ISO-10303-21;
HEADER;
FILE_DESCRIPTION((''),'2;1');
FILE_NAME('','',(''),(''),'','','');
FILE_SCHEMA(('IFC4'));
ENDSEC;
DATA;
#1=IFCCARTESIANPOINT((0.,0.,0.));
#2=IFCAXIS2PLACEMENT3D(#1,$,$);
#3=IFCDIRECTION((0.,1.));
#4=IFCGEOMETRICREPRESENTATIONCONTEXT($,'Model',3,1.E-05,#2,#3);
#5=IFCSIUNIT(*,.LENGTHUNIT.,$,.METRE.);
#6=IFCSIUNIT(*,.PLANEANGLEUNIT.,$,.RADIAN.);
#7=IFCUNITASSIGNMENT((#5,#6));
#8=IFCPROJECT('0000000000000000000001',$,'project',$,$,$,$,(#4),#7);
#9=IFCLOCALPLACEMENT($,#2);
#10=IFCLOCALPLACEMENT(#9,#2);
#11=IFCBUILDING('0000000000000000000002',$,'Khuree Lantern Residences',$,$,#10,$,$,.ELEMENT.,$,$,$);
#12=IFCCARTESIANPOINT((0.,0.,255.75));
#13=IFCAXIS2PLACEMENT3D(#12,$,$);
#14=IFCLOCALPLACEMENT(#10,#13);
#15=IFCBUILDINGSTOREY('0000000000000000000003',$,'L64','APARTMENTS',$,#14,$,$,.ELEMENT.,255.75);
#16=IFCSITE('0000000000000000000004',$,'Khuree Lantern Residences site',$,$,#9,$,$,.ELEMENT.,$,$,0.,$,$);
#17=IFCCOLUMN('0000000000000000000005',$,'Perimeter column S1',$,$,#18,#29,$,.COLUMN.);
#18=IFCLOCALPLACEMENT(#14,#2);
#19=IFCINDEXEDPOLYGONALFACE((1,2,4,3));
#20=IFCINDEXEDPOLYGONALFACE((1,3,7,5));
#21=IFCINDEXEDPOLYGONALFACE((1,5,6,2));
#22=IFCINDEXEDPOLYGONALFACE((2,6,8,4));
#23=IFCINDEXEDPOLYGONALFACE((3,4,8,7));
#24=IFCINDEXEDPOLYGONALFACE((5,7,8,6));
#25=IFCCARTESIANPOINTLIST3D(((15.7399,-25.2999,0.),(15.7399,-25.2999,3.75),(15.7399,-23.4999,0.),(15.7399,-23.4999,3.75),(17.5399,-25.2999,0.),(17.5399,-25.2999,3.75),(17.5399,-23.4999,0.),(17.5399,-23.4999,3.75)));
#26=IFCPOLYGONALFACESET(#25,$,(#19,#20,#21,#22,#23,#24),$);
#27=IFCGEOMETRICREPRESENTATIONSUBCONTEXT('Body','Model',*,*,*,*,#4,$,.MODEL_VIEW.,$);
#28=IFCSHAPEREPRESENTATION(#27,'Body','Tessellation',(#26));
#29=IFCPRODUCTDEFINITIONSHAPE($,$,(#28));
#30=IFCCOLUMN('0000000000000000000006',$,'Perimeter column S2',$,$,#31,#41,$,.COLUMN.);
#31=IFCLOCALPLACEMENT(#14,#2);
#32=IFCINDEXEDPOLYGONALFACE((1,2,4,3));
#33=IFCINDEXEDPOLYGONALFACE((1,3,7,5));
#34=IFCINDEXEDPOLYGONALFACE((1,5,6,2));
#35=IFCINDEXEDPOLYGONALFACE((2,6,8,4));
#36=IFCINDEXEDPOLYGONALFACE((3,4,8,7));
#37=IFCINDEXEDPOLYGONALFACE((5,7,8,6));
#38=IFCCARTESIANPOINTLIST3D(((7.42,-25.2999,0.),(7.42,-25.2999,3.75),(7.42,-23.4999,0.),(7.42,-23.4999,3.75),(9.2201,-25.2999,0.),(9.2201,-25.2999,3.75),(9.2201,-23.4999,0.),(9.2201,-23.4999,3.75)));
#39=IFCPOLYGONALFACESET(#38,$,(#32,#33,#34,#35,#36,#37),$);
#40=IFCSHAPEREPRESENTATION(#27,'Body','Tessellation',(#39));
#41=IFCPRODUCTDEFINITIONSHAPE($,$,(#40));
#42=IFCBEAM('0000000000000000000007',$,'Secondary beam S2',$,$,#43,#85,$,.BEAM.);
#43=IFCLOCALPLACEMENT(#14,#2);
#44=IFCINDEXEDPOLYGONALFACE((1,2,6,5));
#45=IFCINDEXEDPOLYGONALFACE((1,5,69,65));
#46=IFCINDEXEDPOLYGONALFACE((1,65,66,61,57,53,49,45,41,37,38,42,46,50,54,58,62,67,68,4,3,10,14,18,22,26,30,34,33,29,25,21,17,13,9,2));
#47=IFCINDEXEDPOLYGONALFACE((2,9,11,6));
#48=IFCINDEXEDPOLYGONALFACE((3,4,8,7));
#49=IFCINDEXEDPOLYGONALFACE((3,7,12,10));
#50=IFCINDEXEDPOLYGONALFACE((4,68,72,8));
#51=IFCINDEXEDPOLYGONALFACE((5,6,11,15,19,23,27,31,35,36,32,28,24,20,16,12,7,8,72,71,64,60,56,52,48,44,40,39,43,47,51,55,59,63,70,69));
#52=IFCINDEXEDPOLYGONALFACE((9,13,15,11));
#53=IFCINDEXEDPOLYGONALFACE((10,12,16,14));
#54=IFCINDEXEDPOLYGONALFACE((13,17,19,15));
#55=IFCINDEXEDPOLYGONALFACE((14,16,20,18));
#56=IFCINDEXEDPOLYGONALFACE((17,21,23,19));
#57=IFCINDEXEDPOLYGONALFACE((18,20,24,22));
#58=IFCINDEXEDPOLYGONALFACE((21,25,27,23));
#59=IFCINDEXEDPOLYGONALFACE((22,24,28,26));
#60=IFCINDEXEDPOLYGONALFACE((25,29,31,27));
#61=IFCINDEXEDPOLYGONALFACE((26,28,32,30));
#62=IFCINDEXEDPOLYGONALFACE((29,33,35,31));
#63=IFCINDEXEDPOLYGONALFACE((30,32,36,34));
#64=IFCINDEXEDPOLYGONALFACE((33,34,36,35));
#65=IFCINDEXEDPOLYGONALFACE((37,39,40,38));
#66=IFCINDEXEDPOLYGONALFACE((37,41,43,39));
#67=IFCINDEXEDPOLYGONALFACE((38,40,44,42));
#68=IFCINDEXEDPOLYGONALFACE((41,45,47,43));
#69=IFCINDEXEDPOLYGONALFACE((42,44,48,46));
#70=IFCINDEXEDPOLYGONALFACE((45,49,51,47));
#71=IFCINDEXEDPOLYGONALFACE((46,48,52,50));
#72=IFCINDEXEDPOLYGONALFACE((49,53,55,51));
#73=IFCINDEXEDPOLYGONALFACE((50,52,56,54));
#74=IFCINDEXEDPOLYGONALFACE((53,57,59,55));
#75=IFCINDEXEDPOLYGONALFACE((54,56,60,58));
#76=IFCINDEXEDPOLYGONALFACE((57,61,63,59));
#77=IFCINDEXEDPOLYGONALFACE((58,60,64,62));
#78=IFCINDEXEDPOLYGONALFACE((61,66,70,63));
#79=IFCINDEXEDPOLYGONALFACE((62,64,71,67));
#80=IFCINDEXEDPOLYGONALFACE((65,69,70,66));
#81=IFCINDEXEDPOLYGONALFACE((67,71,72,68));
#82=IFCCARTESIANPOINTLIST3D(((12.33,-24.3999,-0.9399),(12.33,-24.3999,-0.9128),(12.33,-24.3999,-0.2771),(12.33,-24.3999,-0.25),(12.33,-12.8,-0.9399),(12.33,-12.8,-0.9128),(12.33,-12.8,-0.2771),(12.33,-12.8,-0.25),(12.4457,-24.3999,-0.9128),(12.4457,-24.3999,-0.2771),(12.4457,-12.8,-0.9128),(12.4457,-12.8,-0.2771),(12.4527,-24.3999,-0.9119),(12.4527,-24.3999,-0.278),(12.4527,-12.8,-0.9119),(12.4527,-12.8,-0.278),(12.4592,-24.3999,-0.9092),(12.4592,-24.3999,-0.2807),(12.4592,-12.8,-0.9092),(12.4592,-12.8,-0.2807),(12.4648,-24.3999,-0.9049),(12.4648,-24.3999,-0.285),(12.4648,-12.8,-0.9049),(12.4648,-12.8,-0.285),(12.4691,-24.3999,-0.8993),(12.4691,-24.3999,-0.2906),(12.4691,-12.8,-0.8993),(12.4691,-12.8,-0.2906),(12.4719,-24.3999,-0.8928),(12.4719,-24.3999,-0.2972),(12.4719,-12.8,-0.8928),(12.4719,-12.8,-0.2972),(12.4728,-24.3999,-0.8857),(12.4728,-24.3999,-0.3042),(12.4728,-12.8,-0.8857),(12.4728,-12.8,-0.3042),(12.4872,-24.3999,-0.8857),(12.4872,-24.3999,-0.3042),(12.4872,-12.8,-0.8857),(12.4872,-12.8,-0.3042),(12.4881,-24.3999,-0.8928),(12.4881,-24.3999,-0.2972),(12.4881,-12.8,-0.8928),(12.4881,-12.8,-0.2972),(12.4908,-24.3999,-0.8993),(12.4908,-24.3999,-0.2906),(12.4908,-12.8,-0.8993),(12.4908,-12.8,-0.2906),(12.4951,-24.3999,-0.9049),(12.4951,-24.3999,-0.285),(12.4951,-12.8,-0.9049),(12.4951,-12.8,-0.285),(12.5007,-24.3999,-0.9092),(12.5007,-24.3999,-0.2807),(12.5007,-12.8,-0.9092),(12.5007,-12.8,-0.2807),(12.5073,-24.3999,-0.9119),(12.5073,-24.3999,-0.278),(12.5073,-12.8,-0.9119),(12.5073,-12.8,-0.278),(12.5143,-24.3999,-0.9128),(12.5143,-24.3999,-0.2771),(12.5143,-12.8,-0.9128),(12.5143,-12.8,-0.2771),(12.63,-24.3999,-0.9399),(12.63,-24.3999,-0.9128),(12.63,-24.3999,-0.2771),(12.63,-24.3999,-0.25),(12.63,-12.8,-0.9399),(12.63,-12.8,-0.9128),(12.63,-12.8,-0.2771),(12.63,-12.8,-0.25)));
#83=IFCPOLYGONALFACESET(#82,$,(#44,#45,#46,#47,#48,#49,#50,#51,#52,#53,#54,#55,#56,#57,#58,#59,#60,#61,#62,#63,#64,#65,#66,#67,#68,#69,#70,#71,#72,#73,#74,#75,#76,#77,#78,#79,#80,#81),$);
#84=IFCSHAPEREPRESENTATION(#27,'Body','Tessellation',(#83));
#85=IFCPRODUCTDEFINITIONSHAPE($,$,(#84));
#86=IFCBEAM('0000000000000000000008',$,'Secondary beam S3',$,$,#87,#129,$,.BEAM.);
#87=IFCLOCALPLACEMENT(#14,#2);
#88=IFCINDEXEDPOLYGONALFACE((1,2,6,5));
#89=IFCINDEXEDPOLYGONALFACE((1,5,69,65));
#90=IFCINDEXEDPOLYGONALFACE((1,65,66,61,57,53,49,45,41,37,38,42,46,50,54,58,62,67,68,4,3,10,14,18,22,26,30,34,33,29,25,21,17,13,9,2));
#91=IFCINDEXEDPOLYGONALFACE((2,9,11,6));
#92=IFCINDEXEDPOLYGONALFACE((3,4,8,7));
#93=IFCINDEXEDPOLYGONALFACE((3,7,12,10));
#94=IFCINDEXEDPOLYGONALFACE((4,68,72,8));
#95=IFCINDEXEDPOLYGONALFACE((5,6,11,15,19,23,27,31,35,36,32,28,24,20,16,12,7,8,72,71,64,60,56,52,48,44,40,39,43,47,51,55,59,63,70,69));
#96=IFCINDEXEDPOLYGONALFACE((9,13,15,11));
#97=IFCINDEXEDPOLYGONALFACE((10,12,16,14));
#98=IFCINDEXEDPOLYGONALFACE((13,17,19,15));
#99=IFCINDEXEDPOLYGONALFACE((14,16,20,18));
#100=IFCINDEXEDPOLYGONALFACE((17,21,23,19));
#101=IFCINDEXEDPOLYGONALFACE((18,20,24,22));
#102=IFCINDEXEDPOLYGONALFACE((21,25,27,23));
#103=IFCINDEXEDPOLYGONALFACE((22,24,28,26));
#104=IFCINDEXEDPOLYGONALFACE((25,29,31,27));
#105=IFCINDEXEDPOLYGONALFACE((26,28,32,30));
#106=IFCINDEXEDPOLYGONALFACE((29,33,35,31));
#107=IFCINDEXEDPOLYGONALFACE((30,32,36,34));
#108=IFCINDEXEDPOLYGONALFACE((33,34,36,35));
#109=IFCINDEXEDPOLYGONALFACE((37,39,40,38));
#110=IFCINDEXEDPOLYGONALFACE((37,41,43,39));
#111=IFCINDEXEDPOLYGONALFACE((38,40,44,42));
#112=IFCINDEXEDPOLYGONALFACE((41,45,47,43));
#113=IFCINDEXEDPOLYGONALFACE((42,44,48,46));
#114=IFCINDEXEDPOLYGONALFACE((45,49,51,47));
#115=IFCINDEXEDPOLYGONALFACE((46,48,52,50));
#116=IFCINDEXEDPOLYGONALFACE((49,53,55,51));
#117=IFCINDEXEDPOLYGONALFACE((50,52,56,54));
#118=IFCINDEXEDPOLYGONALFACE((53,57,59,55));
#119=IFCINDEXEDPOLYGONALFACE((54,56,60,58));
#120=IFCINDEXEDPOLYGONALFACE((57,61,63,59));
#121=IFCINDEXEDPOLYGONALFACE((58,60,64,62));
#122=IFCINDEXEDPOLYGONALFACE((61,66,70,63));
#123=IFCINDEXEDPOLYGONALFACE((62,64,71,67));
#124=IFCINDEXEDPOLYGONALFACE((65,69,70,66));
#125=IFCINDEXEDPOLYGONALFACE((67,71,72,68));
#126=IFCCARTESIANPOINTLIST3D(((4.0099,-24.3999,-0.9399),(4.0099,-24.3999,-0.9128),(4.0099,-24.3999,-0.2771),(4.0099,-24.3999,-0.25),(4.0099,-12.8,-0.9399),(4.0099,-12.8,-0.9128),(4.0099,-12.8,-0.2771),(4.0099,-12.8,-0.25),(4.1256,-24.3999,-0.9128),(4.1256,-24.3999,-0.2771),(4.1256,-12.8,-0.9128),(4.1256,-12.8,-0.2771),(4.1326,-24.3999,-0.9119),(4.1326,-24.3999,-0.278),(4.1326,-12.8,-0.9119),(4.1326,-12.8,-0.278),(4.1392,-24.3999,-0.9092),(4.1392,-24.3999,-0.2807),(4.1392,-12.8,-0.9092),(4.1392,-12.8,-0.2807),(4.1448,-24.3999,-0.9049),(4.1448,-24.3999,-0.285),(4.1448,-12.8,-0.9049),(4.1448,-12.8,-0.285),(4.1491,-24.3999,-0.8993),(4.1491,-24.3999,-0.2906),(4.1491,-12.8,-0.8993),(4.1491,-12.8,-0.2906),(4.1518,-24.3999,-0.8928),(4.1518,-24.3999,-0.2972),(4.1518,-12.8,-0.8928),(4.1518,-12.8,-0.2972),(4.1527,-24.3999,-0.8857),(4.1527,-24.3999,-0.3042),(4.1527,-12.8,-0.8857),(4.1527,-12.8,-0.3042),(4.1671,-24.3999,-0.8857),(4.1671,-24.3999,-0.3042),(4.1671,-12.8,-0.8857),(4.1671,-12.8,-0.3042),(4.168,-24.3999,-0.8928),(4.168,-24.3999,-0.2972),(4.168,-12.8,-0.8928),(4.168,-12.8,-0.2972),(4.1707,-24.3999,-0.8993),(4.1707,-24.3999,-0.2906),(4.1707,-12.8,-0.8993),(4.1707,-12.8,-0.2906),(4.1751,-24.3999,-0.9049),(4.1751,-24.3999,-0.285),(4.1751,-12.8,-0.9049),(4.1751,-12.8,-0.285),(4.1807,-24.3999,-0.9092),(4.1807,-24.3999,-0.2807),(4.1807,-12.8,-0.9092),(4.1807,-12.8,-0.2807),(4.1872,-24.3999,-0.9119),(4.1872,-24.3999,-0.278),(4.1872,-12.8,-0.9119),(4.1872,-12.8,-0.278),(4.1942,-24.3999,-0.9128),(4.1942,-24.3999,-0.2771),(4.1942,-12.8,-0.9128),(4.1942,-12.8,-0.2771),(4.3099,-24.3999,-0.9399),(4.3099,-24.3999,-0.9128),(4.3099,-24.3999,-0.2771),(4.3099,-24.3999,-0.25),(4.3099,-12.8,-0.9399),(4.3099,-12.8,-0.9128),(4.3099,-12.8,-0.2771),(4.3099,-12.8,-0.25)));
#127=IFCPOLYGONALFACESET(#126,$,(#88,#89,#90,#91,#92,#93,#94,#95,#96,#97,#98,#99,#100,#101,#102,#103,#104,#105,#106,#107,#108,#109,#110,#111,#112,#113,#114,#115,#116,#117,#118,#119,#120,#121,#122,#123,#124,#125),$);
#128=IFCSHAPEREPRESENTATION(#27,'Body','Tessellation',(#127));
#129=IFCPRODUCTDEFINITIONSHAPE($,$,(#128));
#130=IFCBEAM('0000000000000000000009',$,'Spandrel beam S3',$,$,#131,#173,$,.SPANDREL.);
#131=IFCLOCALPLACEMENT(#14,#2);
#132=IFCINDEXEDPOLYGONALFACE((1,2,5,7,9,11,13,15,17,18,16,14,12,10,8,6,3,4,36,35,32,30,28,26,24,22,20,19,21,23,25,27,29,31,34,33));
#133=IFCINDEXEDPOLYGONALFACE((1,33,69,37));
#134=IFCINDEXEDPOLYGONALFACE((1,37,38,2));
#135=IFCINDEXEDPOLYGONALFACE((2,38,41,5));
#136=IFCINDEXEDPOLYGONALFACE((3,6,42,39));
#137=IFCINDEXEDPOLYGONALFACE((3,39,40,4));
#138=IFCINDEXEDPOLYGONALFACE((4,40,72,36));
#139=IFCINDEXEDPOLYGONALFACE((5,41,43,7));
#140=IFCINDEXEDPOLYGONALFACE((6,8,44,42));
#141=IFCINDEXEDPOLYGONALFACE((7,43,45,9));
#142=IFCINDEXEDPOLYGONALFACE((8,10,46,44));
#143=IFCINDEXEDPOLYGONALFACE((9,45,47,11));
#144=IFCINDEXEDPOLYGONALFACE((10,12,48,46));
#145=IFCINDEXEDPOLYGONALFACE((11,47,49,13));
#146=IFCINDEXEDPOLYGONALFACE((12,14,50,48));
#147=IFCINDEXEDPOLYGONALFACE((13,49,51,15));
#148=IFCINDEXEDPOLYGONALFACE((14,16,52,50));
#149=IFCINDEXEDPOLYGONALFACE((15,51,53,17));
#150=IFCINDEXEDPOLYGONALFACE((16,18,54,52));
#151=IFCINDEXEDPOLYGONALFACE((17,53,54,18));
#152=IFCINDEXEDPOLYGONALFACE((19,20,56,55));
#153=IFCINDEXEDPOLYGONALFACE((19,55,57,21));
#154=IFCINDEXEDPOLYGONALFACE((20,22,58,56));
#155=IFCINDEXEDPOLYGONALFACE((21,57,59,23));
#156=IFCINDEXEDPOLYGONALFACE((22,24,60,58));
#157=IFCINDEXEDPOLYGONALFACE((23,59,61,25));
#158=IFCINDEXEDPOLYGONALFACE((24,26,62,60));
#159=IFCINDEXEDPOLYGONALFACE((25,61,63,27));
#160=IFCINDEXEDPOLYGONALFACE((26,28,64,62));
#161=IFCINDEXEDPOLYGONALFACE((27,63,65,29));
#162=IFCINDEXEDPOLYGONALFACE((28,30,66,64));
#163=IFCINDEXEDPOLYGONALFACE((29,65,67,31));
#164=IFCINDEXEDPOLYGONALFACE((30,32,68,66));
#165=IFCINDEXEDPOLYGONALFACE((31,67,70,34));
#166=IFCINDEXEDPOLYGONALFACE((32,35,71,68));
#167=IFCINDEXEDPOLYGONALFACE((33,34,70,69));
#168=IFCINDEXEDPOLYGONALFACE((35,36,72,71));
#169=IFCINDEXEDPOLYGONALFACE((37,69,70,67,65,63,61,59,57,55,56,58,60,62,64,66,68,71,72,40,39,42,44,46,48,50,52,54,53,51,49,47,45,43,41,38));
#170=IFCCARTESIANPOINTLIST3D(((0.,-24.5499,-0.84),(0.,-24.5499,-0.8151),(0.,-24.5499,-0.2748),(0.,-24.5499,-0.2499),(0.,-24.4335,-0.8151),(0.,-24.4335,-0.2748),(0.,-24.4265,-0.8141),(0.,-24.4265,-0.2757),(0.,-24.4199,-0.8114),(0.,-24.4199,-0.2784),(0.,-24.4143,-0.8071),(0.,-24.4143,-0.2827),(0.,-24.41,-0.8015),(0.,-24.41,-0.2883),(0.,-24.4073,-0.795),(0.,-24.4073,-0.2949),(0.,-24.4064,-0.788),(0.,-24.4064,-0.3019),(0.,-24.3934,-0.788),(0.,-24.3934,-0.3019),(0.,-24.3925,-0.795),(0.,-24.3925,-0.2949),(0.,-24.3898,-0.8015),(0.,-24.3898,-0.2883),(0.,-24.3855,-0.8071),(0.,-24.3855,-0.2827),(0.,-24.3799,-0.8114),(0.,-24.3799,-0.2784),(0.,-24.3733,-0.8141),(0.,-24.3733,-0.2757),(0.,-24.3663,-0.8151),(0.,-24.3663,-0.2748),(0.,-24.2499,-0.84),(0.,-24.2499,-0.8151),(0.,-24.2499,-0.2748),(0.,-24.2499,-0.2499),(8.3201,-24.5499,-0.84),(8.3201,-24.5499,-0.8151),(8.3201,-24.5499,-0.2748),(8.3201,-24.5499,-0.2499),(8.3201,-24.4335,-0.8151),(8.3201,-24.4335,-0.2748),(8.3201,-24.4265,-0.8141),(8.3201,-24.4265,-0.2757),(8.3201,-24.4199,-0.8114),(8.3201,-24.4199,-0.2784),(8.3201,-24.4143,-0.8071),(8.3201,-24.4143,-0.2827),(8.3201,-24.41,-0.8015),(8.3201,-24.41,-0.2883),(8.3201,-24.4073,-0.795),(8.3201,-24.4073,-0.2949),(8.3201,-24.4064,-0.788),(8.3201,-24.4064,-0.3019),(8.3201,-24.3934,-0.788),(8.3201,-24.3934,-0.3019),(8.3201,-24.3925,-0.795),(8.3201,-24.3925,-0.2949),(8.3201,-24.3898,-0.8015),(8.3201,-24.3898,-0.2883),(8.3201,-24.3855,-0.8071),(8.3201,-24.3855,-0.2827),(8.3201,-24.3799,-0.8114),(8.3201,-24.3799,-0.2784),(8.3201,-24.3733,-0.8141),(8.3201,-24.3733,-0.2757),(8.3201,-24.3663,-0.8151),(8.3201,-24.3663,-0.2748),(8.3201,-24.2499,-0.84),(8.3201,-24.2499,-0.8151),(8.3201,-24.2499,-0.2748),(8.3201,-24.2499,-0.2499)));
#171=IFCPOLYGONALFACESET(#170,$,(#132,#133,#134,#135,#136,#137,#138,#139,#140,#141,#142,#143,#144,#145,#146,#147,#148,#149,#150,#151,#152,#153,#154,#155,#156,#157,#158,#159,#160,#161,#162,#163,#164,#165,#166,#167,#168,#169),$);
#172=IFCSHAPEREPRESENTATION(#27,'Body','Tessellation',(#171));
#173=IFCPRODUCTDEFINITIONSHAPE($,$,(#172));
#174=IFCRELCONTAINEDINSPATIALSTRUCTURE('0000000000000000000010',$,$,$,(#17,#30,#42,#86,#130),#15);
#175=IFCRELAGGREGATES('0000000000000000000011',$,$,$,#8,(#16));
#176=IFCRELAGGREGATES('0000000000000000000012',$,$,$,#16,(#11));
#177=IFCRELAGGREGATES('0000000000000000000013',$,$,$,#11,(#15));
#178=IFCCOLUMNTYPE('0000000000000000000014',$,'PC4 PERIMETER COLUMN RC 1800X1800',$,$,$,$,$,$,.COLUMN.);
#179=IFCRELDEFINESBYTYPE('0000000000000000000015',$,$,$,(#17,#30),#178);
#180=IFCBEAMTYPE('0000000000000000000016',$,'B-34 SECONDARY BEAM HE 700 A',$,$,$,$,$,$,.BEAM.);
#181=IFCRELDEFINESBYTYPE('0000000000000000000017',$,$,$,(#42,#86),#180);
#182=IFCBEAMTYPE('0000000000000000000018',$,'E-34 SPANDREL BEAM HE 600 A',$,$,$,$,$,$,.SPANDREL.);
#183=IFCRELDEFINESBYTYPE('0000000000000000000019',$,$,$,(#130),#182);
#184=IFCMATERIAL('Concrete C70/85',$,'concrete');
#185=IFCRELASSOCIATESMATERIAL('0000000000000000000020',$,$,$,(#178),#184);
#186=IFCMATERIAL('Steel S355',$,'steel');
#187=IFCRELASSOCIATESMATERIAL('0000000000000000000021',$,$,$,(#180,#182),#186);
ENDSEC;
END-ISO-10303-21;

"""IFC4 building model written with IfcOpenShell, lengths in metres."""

from ifc_helpers import new_model, si_unit, direction, frame, origin, origin_2d, place, context, subcontext, project, spatial, rectangle, i_section, extrude, material, material_profile, profile_set, type_object, element, save


model = new_model("IFC4")

# Units and contexts
model_context = context("Model", 3, precision=1e-05, world=origin(), true_north=direction((0.0, 1.0)))
body_context = subcontext(model_context, "Body", "Model", "MODEL_VIEW")
ifc_project = project(units=[si_unit("LENGTHUNIT", "METRE"), si_unit("PLANEANGLEUNIT", "RADIAN")], contexts=[model_context])

# Site, building, storey
site_placement = place(None, origin())
site = spatial("IfcSite", under=ifc_project, at=site_placement, Name="Khuree Lantern Residences site", CompositionType="ELEMENT", RefElevation=0.0)
building_placement = place(site_placement, origin())
building = spatial("IfcBuilding", under=site, at=building_placement, Name="Khuree Lantern Residences", CompositionType="ELEMENT")
storey_placement = place(building_placement, frame((0.0, 0.0, 255.75)))
storey = spatial("IfcBuildingStorey", under=building, at=storey_placement, Name="L64", Description="APARTMENTS", CompositionType="ELEMENT", Elevation=255.75)

# Columns
ifc_material_1 = material(Name="Concrete C70/85", Category="concrete")
ifc_material_profile_1 = material_profile(ifc_material_1, rectangle(XDim=1.8, YDim=1.8, at=origin_2d()), Name="RC 1800X1800")
ifc_profile_set_1 = profile_set([ifc_material_profile_1], Name="Concrete C70/85")
column_type = type_object("IfcColumnType", Name="PC4 PERIMETER COLUMN RC 1800X1800", PredefinedType="COLUMN", material=ifc_profile_set_1)
for number, where, z_axis, x_axis, name in (
    (1, (16.6399, -24.3999, 0.0), (0.0, 0.0, 1.0), (1.0, 0.0, 0.0), "Perimeter column S1"),
    (2, (8.3201, -24.3999, 0.0), (0.0, 0.0, 1.0), (1.0, 0.0, 0.0), "Perimeter column S2"),
):
    element("IfcColumn", number, at=place(storey_placement, frame(where, z_axis=z_axis, x_axis=x_axis)), inside=storey, type_object=column_type, Name=name, PredefinedType="COLUMN", context=body_context, shape_type="SweptSolid", body=[
        extrude(rectangle(XDim=1.8, YDim=1.8, at=origin_2d()), origin(), (0.0, 0.0, 1.0), 3.75),
    ])

# Beams
ifc_material_2 = material(Name="Steel S355", Category="steel")
ifc_material_profile_2 = material_profile(ifc_material_2, i_section(OverallWidth=0.3, OverallDepth=0.6899, WebThickness=0.0144, FlangeThickness=0.0271, FilletRadius=0.0271, at=origin_2d()), Name="HE 700 A")
ifc_profile_set_2 = profile_set([ifc_material_profile_2], Name="Steel S355")
beam_type_1 = type_object("IfcBeamType", Name="B-34 SECONDARY BEAM HE 700 A", PredefinedType="BEAM", material=ifc_profile_set_2)
for number, where, z_axis, x_axis, name in (
    (3, (12.48, -24.3999, -0.595), (0.0, 1.0, 0.0), (-1.0, 0.0, 0.0), "Secondary beam S2"),
    (4, (4.1599, -24.3999, -0.595), (0.0, 1.0, 0.0), (-1.0, 0.0, 0.0), "Secondary beam S3"),
):
    element("IfcBeam", number, at=place(storey_placement, frame(where, z_axis=z_axis, x_axis=x_axis)), inside=storey, type_object=beam_type_1, Name=name, PredefinedType="BEAM", context=body_context, shape_type="SweptSolid", body=[
        extrude(i_section(OverallWidth=0.3, OverallDepth=0.6899, WebThickness=0.0144, FlangeThickness=0.0271, FilletRadius=0.0271, at=origin_2d()), origin(), (0.0, 0.0, 1.0), 11.5999),
    ])
ifc_material_profile_3 = material_profile(ifc_material_2, i_section(OverallWidth=0.3, OverallDepth=0.5901, WebThickness=0.0129, FlangeThickness=0.0249, FilletRadius=0.0271, at=origin_2d()), Name="HE 600 A")
ifc_profile_set_3 = profile_set([ifc_material_profile_3], Name="Steel S355")
beam_type_2 = type_object("IfcBeamType", Name="E-34 SPANDREL BEAM HE 600 A", PredefinedType="SPANDREL", material=ifc_profile_set_3)
for number, where, z_axis, x_axis, name in (
    (5, (8.3201, -24.3999, -0.5449), (-1.0, 0.0, 0.0), (0.0, -1.0, 0.0), "Spandrel beam S3"),
):
    element("IfcBeam", number, at=place(storey_placement, frame(where, z_axis=z_axis, x_axis=x_axis)), inside=storey, type_object=beam_type_2, Name=name, PredefinedType="SPANDREL", context=body_context, shape_type="SweptSolid", body=[
        extrude(i_section(OverallWidth=0.3, OverallDepth=0.5901, WebThickness=0.0129, FlangeThickness=0.0249, FilletRadius=0.0271, at=origin_2d()), origin(), (0.0, 0.0, 1.0), 8.3201),
    ])

save(model, "model.ifc")
